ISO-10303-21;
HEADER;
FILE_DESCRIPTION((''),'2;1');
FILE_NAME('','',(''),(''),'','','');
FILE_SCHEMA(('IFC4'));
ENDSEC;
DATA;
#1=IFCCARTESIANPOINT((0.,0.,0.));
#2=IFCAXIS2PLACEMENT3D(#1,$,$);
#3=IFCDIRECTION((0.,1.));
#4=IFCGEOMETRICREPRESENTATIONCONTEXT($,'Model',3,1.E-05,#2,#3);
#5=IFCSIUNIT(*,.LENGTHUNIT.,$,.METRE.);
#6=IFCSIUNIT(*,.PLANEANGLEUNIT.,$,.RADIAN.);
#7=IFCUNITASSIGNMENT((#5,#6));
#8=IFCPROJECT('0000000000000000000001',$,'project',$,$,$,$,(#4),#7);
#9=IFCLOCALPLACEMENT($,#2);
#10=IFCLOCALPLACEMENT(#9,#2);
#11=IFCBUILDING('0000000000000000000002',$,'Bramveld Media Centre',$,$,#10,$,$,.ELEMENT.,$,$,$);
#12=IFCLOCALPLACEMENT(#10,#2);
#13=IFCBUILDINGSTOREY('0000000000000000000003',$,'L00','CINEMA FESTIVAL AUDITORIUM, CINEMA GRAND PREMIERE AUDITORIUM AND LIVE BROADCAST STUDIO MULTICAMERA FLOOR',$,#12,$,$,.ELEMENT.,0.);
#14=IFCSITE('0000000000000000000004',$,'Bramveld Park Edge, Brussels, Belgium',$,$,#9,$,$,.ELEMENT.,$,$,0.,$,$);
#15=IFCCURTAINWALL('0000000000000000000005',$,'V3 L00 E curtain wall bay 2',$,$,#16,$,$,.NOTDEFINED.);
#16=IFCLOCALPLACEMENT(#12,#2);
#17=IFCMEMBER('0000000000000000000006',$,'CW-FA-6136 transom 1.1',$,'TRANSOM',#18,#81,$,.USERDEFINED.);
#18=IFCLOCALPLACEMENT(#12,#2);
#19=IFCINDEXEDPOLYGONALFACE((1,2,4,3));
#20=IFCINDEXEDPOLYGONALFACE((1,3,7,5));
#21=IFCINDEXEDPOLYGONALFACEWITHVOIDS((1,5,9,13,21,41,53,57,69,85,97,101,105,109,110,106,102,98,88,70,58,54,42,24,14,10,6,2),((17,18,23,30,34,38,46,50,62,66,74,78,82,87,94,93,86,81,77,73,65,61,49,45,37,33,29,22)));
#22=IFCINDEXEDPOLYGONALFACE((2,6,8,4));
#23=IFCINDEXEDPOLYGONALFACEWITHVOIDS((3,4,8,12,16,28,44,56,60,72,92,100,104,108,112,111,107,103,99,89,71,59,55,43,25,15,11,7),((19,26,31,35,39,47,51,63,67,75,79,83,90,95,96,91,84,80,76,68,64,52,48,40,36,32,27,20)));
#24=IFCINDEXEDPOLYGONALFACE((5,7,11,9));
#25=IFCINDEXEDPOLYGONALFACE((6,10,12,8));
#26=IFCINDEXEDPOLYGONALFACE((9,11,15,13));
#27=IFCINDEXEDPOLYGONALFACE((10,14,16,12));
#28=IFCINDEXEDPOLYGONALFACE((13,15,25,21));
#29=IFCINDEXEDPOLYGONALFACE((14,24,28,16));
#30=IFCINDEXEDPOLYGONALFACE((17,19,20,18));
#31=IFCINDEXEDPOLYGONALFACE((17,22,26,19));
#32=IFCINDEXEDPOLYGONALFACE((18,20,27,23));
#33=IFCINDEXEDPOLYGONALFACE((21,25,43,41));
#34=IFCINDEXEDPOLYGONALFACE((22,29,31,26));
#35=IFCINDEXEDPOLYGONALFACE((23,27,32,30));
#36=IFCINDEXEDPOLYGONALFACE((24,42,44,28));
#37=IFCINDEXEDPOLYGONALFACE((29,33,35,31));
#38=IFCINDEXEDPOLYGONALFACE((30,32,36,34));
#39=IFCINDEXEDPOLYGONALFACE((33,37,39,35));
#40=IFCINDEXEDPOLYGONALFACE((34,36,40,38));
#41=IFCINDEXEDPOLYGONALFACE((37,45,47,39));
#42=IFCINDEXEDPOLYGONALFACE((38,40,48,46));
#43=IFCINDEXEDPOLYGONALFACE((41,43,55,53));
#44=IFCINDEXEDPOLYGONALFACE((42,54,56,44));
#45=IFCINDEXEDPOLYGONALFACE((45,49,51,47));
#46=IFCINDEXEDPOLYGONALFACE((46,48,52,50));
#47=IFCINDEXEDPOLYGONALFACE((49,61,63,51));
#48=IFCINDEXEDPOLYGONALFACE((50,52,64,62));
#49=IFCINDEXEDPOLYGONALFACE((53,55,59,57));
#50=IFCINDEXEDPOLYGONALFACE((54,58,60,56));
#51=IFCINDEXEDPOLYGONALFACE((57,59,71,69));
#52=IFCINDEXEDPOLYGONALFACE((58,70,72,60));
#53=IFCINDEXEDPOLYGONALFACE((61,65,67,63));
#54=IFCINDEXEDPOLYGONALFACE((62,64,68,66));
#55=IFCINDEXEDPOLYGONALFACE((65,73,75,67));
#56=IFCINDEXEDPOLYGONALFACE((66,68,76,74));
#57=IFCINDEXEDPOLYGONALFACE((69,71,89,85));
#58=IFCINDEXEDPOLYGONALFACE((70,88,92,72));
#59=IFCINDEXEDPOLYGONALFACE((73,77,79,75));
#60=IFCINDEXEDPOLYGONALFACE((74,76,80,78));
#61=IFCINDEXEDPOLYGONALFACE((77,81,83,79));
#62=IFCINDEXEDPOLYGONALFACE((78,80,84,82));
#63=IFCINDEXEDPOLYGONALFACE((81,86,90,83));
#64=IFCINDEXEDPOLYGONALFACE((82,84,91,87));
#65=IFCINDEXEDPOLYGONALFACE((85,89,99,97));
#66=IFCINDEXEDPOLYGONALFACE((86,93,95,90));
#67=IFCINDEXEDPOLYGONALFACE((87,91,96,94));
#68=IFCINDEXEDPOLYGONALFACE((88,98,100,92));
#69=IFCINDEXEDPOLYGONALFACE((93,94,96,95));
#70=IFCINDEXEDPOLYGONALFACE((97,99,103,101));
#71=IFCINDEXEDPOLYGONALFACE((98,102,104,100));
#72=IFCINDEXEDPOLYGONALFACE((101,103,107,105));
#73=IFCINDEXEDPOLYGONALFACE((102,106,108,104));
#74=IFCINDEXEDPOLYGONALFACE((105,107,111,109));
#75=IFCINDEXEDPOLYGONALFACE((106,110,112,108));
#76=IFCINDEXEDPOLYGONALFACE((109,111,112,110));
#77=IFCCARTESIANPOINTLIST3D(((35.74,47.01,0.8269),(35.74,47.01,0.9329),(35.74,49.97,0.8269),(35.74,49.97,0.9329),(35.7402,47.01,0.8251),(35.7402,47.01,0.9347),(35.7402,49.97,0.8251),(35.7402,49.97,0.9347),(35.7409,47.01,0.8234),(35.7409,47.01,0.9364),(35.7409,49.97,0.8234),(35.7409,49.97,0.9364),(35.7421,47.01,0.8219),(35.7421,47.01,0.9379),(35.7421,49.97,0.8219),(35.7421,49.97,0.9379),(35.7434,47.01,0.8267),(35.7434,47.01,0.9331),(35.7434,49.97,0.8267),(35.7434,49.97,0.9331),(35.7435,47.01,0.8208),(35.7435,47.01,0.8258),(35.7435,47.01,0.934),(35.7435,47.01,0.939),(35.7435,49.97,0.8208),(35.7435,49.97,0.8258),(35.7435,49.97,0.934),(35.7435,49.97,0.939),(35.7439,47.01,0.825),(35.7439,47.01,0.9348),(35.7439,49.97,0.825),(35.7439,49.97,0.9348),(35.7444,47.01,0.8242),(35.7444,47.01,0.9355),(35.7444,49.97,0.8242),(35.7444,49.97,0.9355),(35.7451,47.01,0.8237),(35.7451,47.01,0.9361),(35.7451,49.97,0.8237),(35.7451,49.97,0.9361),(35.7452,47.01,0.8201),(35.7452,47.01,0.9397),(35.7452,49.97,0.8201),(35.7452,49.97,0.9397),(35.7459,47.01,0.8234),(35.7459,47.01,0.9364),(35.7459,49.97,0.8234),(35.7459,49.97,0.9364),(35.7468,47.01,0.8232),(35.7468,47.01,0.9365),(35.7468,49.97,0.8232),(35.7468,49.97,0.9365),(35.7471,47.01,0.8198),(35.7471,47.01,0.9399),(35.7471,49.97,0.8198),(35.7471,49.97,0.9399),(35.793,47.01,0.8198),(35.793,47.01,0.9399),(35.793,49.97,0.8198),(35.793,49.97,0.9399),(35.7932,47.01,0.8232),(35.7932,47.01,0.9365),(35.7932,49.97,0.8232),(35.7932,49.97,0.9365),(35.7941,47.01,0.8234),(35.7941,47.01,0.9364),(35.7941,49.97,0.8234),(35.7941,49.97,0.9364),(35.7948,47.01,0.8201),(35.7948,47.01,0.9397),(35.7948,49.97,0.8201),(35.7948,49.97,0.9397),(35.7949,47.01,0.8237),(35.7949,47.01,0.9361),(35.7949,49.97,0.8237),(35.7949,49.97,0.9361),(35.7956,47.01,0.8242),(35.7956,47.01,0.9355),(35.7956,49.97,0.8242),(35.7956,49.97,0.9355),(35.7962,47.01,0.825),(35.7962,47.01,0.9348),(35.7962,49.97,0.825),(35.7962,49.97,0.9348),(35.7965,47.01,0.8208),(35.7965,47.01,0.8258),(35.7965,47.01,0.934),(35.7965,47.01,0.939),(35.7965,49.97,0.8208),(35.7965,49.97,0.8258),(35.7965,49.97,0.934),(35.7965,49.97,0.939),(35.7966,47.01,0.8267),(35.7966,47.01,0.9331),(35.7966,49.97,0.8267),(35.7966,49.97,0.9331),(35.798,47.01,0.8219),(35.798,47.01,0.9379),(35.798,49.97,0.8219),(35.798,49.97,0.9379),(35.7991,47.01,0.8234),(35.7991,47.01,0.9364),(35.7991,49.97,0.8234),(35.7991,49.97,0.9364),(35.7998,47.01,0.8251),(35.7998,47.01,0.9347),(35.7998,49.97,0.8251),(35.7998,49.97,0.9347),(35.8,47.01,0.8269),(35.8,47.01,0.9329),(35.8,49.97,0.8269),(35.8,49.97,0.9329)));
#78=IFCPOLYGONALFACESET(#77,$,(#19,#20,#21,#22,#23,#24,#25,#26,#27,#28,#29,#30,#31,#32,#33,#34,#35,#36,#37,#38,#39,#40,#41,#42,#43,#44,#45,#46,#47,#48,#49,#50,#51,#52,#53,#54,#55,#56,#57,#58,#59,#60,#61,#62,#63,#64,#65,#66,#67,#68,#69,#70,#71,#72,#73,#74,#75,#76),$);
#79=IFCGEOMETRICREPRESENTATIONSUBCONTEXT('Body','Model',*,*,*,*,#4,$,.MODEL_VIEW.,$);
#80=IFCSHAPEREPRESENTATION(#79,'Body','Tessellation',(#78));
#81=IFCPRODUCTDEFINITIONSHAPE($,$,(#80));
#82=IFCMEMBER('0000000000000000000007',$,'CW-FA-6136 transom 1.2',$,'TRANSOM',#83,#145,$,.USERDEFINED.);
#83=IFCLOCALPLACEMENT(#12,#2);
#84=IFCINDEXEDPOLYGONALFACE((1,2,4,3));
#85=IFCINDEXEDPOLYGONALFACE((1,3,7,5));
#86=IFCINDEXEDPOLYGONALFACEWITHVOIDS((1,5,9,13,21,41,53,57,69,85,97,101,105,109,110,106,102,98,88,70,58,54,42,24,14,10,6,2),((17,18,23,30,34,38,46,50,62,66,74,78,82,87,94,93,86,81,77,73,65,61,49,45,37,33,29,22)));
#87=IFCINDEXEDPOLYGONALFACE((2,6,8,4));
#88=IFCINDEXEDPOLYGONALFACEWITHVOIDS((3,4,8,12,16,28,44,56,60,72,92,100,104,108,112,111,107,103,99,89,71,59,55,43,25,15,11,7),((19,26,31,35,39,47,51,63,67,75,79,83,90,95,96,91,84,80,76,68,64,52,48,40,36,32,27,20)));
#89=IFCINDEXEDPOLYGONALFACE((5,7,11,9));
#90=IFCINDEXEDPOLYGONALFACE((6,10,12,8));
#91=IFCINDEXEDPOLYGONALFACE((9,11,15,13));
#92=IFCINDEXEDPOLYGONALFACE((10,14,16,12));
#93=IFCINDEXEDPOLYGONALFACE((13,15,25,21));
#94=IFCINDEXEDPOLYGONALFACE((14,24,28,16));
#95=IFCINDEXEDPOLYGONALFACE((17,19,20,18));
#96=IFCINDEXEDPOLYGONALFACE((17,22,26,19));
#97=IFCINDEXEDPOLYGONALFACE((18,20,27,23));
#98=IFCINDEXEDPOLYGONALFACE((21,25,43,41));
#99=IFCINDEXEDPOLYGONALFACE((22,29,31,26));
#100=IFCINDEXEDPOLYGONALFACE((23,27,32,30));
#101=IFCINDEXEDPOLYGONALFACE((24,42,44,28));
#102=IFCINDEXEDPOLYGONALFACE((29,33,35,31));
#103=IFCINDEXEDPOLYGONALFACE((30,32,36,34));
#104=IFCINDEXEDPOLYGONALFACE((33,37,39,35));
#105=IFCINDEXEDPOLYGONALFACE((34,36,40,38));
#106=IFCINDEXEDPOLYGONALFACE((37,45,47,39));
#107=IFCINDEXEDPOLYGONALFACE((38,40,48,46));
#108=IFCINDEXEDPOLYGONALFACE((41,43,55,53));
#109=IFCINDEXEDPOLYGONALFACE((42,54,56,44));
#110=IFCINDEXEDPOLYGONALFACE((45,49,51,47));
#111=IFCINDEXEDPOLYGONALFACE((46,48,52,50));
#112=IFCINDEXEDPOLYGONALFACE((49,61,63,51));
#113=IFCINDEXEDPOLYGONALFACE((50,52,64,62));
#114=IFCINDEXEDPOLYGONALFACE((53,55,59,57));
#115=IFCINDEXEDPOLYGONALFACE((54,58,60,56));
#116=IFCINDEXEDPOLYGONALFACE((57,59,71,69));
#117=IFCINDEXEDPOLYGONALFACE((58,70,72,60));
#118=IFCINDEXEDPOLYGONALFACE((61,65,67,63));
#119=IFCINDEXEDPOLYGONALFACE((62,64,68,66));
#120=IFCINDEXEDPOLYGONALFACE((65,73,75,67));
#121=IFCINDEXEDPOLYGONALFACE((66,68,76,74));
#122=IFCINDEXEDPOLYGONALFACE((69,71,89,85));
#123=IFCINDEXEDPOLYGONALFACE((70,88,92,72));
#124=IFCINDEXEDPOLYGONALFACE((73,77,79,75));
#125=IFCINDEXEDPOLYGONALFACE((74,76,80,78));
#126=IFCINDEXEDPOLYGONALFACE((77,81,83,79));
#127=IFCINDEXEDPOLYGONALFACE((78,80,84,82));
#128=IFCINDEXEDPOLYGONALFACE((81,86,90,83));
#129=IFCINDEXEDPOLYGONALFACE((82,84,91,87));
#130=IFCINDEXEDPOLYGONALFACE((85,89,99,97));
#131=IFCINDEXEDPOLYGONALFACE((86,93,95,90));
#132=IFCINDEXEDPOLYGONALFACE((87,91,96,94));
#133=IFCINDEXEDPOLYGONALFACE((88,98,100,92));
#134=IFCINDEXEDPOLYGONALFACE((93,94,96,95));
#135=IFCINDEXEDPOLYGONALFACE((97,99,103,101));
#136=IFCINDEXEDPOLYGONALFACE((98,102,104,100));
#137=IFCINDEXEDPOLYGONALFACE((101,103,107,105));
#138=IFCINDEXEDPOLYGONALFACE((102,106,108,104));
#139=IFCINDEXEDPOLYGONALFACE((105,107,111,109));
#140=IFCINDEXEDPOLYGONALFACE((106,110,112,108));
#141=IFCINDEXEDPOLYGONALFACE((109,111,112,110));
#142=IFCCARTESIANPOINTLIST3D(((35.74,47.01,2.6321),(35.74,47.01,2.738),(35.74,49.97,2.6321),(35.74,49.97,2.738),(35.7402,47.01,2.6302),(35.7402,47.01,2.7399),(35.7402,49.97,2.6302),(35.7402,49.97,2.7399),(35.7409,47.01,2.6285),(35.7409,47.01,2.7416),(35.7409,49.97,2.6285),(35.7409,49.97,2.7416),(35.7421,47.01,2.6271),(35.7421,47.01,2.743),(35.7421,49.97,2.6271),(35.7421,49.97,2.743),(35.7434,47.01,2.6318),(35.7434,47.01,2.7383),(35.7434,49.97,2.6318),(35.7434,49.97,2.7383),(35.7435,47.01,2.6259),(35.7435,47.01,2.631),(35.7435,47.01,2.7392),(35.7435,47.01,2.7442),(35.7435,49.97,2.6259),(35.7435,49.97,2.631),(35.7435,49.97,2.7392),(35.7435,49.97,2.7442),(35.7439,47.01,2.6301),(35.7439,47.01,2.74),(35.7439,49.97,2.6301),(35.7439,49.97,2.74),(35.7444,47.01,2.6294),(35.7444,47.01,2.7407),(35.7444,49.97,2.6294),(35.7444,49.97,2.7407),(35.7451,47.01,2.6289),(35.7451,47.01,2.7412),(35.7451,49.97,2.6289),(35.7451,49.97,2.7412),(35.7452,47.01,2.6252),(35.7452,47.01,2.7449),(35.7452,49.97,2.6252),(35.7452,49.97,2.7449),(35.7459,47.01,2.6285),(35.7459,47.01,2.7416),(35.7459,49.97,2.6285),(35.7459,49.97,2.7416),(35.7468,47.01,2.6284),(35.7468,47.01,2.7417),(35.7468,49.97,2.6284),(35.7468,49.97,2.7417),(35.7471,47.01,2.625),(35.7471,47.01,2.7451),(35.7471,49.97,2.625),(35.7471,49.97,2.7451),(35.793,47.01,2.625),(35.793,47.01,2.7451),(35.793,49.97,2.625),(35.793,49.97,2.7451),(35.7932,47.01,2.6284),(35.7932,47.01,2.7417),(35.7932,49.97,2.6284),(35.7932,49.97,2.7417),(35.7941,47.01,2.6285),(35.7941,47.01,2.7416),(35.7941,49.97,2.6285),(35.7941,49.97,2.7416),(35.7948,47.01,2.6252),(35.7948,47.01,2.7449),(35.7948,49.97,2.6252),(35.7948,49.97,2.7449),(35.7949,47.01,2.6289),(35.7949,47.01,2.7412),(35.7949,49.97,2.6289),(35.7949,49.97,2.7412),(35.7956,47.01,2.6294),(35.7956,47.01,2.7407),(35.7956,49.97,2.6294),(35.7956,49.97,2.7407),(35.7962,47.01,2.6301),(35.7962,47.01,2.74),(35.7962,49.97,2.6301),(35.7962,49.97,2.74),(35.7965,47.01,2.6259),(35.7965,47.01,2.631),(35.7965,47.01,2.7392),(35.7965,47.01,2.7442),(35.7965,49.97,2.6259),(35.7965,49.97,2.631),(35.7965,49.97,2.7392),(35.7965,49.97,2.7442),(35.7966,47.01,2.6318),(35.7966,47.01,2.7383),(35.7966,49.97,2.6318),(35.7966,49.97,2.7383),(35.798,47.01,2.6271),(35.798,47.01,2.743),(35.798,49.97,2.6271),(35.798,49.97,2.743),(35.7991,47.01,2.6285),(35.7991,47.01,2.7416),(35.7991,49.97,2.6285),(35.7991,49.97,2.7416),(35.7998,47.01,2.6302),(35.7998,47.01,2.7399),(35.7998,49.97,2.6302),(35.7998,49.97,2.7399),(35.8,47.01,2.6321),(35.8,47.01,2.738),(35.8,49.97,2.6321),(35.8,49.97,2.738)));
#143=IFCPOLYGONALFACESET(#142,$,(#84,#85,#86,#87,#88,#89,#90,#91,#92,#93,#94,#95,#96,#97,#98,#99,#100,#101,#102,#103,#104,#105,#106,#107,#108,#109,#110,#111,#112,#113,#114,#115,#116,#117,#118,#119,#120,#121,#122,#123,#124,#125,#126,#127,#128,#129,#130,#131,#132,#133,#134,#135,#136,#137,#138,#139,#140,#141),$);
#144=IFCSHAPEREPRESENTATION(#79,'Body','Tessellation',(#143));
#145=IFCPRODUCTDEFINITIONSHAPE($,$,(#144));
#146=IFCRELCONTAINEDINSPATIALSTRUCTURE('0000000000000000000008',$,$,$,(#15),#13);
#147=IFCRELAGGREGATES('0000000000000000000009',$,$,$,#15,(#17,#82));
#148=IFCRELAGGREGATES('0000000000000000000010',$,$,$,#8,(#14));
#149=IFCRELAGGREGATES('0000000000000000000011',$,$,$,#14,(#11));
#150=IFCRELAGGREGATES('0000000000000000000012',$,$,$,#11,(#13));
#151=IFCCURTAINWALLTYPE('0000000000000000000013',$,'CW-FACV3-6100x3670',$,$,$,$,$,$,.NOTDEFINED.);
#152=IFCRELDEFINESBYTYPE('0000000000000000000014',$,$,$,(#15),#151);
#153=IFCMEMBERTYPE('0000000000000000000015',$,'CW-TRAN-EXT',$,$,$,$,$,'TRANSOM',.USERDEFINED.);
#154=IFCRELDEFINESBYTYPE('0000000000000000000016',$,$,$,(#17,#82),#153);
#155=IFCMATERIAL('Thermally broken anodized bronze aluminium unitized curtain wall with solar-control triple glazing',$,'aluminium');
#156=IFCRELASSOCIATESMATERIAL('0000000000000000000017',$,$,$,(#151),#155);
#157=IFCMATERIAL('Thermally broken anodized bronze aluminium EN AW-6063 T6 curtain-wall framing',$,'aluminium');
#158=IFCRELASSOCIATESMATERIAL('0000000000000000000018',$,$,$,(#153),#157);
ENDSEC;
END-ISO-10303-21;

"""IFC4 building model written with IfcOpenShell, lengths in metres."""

from ifc_helpers import new_model, si_unit, direction, frame, origin, origin_2d, place, context, subcontext, project, spatial, hollow_rectangle, extrude, material, material_profile, profile_set, type_object, element, aggregate, save


model = new_model("IFC4")

# Units and contexts
model_context = context("Model", 3, precision=1e-05, world=origin(), true_north=direction((0.0, 1.0)))
body_context = subcontext(model_context, "Body", "Model", "MODEL_VIEW")
ifc_project = project(units=[si_unit("LENGTHUNIT", "METRE"), si_unit("PLANEANGLEUNIT", "RADIAN")], contexts=[model_context])

# Site, building, storey
site_placement = place(None, origin())
site = spatial("IfcSite", under=ifc_project, at=site_placement, Name="Bramveld Park Edge, Brussels, Belgium", CompositionType="ELEMENT", RefElevation=0.0)
building_placement = place(site_placement, origin())
building = spatial("IfcBuilding", under=site, at=building_placement, Name="Bramveld Media Centre", CompositionType="ELEMENT")
storey_placement = place(building_placement, origin())
storey = spatial("IfcBuildingStorey", under=building, at=storey_placement, Name="L00", Description="CINEMA FESTIVAL AUDITORIUM, CINEMA GRAND PREMIERE AUDITORIUM AND LIVE BROADCAST STUDIO MULTICAMERA FLOOR", CompositionType="ELEMENT", Elevation=0.0)

# Shared definitions
ifc_material_1 = material(Name="Thermally broken anodized bronze aluminium unitized curtain wall with solar-control triple glazing", Category="aluminium")
curtain_wall_type = type_object("IfcCurtainWallType", Name="CW-FACV3-6100x3670", PredefinedType="NOTDEFINED", material=ifc_material_1)

# Curtain wall
curtain_wall_1_placement = place(storey_placement, origin())
curtain_wall_1 = element("IfcCurtainWall", 1, at=curtain_wall_1_placement, inside=storey, type_object=curtain_wall_type, Name="V3 L00 E curtain wall bay 2", PredefinedType="NOTDEFINED")

# Members
ifc_material_2 = material(Name="Thermally broken anodized bronze aluminium EN AW-6063 T6 curtain-wall framing", Category="aluminium")
ifc_material_profile_1 = material_profile(ifc_material_2, hollow_rectangle(XDim=0.0601, YDim=0.1201, WallThickness=0.0034, InnerFilletRadius=0.0034, OuterFilletRadius=0.0071, at=origin_2d()), Name="AL-TRAN 60x120")
ifc_profile_set_1 = profile_set([ifc_material_profile_1], Name="Thermally broken anodized bronze aluminium EN AW-6063 T6 curtain-wall framing")
member_type_1 = type_object("IfcMemberType", Name="CW-TRAN-EXT", ElementType="TRANSOM", PredefinedType="USERDEFINED", material=ifc_profile_set_1)
member_1_placement = place(storey_placement, frame((35.77, 47.01, 0.8799), z_axis=(0.0, 1.0, 0.0), x_axis=(-1.0, 0.0, 0.0)))
member_1 = element("IfcMember", 2, at=member_1_placement, type_object=member_type_1, Name="CW-FA-6136 transom 1.1", ObjectType="TRANSOM", PredefinedType="USERDEFINED", context=body_context, shape_type="SweptSolid", body=[
    extrude(hollow_rectangle(XDim=0.0601, YDim=0.1201, WallThickness=0.0034, InnerFilletRadius=0.0034, OuterFilletRadius=0.0071, at=origin_2d()), origin(), (0.0, 0.0, 1.0), 2.96),
])
member_2_placement = place(storey_placement, frame((35.77, 47.01, 2.6851), z_axis=(0.0, 1.0, 0.0), x_axis=(-1.0, 0.0, 0.0)))
member_2 = element("IfcMember", 3, at=member_2_placement, type_object=member_type_1, Name="CW-FA-6136 transom 1.2", ObjectType="TRANSOM", PredefinedType="USERDEFINED", context=body_context, shape_type="SweptSolid", body=[
    extrude(hollow_rectangle(XDim=0.0601, YDim=0.1201, WallThickness=0.0034, InnerFilletRadius=0.0034, OuterFilletRadius=0.0071, at=origin_2d()), origin(), (0.0, 0.0, 1.0), 2.96),
])
aggregate(curtain_wall_1, [member_1, member_2])

save(model, "model.ifc")
